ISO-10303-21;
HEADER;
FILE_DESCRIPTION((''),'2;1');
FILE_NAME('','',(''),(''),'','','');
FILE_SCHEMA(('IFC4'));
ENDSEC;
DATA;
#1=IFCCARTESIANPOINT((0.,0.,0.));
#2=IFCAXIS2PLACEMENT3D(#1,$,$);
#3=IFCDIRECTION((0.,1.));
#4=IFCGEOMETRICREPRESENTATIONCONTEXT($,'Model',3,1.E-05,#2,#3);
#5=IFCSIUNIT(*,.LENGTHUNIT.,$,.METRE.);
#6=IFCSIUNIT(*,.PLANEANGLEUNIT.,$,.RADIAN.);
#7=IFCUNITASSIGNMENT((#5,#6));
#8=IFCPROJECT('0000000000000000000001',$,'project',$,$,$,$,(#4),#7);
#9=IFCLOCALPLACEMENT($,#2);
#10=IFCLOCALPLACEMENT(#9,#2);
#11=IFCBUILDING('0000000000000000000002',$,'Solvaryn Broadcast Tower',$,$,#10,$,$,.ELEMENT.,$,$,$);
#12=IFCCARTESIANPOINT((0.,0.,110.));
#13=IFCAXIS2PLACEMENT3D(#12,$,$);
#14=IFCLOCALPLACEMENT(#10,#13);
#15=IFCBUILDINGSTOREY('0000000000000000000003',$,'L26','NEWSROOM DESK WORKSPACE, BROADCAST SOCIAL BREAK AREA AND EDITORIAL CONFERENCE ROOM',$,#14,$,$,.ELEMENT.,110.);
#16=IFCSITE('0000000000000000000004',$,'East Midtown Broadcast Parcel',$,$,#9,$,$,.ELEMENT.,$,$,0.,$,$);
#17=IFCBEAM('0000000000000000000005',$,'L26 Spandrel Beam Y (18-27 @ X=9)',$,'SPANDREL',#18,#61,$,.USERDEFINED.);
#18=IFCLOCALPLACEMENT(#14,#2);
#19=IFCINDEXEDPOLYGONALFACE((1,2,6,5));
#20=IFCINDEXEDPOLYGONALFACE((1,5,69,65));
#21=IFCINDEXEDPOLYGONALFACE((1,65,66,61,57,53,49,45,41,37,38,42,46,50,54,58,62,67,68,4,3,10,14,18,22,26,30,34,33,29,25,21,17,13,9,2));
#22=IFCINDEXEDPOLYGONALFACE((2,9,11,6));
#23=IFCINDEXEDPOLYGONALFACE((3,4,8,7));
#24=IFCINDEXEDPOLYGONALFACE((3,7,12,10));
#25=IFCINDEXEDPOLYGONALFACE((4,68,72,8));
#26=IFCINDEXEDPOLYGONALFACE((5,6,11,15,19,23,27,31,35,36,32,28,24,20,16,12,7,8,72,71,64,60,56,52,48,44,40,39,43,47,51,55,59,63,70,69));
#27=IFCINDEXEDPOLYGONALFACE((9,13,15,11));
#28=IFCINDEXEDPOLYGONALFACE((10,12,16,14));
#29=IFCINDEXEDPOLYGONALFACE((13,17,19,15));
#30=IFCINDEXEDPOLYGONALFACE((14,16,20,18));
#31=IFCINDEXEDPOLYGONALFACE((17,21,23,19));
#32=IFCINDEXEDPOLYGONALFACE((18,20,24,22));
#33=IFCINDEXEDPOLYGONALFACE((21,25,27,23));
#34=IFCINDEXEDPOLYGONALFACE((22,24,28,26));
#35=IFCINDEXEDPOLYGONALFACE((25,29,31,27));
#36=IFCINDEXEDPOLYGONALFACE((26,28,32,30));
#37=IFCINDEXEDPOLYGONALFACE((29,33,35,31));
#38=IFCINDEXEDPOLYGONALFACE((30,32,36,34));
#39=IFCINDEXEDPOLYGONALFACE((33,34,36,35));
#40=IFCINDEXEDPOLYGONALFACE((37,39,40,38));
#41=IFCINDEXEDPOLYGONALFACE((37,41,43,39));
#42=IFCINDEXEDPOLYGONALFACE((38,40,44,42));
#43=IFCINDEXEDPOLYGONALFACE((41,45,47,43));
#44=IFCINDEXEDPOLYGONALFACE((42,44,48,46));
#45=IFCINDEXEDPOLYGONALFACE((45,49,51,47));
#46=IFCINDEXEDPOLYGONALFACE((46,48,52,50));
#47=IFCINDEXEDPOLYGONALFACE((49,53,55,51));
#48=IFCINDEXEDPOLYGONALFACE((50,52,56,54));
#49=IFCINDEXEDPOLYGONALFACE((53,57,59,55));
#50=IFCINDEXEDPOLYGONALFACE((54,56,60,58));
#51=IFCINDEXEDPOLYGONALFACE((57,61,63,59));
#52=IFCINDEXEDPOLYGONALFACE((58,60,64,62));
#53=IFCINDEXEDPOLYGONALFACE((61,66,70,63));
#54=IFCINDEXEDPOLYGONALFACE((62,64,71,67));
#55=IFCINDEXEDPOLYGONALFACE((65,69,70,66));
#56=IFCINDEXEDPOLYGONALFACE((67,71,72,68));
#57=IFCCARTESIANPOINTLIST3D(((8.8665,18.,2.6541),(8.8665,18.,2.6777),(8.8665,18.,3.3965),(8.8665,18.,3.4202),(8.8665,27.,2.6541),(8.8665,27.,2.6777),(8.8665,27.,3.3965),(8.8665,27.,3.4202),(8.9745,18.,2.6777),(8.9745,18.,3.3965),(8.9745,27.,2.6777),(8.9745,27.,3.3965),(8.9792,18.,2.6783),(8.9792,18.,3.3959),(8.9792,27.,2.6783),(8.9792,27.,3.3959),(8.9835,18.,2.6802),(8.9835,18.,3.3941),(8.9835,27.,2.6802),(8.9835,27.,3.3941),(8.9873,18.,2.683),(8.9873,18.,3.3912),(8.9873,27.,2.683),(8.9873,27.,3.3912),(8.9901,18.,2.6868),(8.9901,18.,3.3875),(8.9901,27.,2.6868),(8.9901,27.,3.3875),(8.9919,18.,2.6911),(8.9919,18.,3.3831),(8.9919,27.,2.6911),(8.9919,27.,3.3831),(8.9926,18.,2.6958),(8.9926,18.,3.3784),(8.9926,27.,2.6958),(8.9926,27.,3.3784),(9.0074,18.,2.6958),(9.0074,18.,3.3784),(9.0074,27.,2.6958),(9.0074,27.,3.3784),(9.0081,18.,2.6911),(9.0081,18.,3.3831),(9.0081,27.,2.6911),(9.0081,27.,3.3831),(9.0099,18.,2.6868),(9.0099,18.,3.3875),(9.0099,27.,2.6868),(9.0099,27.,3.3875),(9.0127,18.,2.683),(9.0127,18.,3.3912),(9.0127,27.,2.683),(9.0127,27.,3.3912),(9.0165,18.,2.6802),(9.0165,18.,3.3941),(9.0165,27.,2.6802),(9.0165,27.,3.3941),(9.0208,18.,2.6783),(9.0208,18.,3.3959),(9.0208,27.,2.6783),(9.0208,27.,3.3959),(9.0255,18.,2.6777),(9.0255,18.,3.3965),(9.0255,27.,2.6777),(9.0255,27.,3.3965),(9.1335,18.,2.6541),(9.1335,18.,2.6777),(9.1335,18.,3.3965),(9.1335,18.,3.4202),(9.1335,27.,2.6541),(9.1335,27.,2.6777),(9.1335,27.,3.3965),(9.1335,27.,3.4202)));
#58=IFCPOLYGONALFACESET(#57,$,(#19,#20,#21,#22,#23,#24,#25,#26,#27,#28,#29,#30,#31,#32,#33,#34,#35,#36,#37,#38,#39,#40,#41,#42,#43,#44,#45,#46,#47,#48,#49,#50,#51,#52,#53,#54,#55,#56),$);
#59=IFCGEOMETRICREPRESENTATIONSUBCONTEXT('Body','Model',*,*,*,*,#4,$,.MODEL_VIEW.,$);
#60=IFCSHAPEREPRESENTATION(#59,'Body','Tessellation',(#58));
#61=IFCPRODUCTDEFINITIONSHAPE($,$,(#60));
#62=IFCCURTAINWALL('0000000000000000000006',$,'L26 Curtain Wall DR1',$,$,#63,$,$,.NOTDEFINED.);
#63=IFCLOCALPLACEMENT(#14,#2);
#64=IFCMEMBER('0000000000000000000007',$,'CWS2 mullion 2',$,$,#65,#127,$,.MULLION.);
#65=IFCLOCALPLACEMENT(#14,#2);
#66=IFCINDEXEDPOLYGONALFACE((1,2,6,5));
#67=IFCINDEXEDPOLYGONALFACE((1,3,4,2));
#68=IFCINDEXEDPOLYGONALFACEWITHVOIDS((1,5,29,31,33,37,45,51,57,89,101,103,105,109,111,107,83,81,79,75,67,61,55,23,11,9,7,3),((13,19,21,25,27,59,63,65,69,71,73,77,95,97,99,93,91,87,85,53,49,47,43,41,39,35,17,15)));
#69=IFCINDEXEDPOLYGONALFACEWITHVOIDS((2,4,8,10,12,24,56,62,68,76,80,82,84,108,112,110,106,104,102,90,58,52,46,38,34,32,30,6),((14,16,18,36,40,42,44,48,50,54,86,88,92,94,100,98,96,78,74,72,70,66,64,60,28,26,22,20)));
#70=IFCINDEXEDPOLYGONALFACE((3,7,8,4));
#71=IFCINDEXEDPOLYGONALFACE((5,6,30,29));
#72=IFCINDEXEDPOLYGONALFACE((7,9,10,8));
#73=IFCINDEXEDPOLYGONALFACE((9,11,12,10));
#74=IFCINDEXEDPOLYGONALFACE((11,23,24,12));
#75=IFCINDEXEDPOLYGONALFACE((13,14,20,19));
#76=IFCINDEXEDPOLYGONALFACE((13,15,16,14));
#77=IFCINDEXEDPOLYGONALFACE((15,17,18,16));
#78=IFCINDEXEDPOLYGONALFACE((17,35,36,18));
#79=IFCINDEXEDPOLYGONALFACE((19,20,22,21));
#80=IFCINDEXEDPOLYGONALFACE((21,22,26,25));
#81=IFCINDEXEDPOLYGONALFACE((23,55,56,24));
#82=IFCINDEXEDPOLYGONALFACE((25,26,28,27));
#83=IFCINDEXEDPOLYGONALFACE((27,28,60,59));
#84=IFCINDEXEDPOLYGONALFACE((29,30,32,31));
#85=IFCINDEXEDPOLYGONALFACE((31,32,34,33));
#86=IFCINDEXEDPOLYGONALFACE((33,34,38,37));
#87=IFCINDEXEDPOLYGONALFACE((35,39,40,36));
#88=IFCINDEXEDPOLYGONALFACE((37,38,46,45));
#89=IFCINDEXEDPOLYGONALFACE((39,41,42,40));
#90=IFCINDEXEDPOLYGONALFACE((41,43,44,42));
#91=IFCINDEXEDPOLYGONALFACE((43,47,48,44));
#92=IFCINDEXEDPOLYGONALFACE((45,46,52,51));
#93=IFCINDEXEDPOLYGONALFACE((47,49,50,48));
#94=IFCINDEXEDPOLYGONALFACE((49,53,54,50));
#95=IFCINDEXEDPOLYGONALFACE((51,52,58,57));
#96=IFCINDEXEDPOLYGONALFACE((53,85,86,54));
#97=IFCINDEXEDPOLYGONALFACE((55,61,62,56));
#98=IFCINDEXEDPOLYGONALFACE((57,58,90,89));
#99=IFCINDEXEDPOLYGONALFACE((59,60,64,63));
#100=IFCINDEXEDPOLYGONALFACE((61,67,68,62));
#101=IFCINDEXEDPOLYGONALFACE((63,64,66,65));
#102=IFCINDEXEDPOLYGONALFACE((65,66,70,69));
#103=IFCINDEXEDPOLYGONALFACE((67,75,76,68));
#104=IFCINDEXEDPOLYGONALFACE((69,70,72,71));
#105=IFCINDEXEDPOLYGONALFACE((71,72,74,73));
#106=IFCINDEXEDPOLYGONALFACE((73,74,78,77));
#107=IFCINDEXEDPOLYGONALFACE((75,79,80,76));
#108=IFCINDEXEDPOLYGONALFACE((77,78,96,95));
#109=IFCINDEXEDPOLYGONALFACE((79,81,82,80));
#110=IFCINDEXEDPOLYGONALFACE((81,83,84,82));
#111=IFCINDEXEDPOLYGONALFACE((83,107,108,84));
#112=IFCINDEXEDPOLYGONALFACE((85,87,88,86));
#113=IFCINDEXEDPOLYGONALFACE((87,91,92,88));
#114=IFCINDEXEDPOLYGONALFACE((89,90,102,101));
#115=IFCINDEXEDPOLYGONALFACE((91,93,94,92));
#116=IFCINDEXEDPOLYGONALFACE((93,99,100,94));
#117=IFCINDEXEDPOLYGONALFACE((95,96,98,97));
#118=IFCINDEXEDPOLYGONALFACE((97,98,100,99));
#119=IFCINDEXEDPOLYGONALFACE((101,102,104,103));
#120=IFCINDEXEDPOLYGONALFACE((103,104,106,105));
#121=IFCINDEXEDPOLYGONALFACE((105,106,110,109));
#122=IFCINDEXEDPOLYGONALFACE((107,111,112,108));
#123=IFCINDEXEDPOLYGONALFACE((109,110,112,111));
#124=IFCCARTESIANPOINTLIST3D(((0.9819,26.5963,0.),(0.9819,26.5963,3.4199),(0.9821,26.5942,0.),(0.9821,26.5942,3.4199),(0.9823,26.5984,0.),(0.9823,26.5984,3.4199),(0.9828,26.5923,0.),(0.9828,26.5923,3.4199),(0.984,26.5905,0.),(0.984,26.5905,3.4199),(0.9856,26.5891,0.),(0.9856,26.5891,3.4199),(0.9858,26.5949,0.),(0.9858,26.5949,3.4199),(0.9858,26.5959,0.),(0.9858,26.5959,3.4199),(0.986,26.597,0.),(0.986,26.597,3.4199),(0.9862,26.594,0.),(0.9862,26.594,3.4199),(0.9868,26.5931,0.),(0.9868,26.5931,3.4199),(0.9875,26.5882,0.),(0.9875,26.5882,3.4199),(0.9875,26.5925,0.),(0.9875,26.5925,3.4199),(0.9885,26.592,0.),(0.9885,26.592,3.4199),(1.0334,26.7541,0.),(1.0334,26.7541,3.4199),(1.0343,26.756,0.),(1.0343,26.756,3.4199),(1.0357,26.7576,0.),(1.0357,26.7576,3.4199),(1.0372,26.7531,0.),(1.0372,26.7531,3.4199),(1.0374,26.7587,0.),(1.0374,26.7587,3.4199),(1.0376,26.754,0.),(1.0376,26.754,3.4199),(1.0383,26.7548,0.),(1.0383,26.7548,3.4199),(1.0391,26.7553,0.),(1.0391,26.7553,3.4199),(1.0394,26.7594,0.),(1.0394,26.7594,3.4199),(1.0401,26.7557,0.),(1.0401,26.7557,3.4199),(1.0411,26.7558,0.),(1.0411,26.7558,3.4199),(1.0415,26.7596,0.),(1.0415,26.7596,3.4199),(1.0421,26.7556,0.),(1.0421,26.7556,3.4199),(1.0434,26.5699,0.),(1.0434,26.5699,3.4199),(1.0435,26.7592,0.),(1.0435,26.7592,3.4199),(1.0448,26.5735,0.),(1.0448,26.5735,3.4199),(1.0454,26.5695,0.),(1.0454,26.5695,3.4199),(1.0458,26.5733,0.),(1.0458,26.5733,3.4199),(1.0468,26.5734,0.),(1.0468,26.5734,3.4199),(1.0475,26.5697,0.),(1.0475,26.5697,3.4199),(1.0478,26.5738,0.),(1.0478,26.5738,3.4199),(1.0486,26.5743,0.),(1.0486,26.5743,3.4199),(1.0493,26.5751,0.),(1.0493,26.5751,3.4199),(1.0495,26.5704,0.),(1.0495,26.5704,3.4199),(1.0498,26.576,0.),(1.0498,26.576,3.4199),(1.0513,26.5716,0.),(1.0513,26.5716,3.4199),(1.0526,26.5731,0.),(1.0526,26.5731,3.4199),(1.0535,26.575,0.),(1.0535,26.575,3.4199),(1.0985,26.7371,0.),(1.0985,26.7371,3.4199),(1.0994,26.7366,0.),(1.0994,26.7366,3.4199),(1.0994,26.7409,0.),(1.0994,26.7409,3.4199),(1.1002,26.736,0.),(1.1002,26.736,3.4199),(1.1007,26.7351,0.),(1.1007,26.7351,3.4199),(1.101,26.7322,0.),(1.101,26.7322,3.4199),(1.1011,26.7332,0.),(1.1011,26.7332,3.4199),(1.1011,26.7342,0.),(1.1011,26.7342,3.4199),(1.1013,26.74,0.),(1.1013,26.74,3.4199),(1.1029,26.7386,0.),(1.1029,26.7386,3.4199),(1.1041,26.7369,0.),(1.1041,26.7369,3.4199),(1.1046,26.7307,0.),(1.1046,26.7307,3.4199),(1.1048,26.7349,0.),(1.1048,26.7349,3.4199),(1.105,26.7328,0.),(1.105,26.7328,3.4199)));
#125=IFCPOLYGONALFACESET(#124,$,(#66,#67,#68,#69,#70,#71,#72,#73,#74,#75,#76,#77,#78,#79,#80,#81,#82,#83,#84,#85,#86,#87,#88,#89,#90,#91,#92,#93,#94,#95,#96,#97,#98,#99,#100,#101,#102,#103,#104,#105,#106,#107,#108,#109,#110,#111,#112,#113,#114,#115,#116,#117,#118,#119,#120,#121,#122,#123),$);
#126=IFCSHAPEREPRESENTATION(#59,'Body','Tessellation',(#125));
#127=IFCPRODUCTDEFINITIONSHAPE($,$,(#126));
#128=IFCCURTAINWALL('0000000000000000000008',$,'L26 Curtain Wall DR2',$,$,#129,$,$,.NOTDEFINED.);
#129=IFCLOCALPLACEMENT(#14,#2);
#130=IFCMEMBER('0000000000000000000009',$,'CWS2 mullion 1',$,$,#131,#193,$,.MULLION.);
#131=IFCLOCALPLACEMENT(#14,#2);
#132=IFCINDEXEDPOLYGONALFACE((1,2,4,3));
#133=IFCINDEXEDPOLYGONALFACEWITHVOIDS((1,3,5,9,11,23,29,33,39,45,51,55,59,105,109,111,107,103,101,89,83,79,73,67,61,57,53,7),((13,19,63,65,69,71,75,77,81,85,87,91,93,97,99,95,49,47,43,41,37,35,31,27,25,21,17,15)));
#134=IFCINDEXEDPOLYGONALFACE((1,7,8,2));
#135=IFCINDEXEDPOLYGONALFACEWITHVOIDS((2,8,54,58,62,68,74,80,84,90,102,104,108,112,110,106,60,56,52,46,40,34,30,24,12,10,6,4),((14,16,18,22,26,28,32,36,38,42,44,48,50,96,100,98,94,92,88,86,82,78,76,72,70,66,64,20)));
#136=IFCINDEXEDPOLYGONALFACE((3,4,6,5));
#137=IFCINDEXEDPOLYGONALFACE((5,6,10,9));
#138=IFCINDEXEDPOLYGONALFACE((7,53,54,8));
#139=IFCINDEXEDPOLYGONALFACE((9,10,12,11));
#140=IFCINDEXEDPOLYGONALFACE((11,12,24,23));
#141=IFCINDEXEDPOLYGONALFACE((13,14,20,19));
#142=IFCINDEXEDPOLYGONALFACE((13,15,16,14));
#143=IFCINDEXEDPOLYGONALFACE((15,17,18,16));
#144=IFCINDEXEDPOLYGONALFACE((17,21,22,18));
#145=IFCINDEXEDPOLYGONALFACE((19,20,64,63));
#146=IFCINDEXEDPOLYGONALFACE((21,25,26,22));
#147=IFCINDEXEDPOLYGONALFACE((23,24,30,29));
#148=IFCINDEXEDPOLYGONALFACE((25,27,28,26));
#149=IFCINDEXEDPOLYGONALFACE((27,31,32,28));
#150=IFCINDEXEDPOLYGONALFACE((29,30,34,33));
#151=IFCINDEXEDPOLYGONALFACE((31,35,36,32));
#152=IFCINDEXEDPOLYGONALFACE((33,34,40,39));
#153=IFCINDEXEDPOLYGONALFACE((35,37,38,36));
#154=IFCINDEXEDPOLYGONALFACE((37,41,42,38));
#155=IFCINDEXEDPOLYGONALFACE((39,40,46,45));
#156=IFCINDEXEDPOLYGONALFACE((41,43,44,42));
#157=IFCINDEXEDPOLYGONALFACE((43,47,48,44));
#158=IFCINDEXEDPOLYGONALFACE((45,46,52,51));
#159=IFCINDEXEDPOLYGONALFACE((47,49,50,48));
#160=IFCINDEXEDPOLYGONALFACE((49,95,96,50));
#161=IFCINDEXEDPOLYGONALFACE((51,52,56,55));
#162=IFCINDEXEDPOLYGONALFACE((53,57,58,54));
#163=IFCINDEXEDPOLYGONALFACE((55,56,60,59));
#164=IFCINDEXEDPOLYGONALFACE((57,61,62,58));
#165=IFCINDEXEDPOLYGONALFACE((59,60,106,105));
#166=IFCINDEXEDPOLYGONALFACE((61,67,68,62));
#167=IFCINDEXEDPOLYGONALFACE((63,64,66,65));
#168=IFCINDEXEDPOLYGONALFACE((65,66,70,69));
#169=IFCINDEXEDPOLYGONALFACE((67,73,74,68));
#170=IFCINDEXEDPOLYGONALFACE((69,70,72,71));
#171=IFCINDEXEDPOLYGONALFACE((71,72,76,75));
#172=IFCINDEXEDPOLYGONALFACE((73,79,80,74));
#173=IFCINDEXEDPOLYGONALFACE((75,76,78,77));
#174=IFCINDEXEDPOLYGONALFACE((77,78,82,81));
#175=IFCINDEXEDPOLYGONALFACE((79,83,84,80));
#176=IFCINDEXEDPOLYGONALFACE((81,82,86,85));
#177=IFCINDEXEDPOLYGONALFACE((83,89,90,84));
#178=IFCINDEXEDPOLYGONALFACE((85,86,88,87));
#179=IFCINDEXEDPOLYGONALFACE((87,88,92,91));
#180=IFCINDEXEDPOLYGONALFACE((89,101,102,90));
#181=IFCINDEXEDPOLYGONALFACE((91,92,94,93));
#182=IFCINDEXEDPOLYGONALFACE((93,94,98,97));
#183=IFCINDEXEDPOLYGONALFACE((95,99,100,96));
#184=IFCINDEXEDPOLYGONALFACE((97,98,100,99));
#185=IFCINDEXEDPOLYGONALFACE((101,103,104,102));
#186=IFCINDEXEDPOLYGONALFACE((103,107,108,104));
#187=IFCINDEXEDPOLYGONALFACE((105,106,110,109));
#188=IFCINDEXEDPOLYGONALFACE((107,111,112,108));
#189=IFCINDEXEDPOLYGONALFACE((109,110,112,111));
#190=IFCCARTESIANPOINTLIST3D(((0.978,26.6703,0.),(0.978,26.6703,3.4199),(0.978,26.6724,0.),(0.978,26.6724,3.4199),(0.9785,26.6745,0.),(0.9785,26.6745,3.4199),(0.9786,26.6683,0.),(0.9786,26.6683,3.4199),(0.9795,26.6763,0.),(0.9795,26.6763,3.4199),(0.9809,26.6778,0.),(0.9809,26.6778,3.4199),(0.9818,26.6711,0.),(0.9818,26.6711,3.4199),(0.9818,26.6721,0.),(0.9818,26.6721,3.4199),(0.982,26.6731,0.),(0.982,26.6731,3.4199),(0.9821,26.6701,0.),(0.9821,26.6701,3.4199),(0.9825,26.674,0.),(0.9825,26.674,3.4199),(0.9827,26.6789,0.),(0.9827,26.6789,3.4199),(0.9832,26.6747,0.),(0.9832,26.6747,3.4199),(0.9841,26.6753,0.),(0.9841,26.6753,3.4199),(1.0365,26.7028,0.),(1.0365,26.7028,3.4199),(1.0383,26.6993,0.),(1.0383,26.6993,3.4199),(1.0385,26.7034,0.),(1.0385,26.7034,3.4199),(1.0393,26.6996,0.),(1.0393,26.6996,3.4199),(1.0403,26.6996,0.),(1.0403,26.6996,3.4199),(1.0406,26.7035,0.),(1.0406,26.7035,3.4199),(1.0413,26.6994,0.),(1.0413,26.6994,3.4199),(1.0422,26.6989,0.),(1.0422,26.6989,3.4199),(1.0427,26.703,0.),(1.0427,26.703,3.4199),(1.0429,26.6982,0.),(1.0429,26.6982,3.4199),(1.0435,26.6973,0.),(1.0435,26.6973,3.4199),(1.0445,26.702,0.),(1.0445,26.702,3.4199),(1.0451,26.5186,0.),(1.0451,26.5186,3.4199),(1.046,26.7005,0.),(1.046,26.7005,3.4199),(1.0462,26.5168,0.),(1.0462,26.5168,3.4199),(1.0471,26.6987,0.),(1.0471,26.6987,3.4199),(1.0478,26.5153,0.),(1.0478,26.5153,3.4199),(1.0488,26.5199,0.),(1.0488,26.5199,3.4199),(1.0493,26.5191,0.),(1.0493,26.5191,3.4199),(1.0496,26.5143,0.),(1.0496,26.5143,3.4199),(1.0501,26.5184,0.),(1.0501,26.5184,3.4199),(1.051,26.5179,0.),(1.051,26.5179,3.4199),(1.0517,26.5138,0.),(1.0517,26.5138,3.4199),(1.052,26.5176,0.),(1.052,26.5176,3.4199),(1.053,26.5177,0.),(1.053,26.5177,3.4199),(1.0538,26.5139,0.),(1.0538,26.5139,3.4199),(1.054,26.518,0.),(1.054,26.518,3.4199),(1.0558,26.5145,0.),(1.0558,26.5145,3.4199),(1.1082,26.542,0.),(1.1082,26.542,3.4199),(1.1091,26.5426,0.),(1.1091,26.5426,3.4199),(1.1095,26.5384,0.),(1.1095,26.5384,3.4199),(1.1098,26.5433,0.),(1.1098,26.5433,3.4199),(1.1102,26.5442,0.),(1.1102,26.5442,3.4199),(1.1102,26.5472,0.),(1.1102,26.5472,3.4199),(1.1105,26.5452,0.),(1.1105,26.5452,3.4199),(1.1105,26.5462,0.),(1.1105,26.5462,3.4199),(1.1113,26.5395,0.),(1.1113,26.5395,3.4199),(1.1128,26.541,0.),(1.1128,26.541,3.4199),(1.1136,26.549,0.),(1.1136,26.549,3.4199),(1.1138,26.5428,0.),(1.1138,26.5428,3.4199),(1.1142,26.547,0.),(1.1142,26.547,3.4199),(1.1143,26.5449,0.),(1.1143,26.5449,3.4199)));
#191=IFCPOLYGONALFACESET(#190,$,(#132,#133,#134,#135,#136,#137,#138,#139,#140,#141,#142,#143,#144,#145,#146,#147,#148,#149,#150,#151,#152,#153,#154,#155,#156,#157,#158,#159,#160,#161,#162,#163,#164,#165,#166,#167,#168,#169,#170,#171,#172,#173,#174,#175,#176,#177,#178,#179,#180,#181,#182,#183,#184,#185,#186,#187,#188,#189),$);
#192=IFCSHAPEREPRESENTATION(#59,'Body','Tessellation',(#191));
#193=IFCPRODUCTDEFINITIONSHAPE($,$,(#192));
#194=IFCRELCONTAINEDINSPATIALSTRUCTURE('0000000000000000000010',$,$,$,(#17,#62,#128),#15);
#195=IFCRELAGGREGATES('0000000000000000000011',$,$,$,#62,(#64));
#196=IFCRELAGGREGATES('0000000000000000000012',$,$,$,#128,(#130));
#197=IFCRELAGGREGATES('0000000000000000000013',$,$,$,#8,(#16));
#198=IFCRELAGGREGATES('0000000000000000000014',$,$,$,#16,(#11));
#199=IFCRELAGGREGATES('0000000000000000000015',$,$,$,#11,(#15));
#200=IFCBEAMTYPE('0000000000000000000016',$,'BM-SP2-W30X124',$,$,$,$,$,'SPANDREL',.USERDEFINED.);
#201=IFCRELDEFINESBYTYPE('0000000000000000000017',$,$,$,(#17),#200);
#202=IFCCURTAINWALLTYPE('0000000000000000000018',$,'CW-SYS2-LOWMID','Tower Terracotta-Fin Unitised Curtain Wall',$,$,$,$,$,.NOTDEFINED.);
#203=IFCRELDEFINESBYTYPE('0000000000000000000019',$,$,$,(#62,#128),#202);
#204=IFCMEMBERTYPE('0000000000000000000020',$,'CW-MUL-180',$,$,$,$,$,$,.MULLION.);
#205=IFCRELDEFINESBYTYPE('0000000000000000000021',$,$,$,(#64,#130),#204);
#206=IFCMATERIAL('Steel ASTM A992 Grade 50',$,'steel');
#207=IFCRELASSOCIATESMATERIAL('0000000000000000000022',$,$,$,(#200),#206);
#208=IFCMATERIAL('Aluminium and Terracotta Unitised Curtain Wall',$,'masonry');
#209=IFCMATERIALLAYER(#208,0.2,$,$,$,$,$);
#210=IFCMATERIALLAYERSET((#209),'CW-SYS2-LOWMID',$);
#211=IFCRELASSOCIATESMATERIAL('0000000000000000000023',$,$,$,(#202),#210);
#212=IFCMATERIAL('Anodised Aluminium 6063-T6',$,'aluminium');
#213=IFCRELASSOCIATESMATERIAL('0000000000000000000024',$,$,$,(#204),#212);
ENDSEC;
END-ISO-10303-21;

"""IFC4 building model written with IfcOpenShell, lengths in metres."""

from ifc_helpers import new_model, si_unit, direction, frame, origin, origin_2d, place, context, subcontext, project, spatial, hollow_rectangle, i_section, extrude, material, layer, layer_set, material_profile, profile_set, type_object, element, aggregate, save


model = new_model("IFC4")

# Units and contexts
model_context = context("Model", 3, precision=1e-05, world=origin(), true_north=direction((0.0, 1.0)))
body_context = subcontext(model_context, "Body", "Model", "MODEL_VIEW")
ifc_project = project(units=[si_unit("LENGTHUNIT", "METRE"), si_unit("PLANEANGLEUNIT", "RADIAN")], contexts=[model_context])

# Site, building, storey
site_placement = place(None, origin())
site = spatial("IfcSite", under=ifc_project, at=site_placement, Name="East Midtown Broadcast Parcel", CompositionType="ELEMENT", RefElevation=0.0)
building_placement = place(site_placement, origin())
building = spatial("IfcBuilding", under=site, at=building_placement, Name="Solvaryn Broadcast Tower", CompositionType="ELEMENT")
storey_placement = place(building_placement, frame((0.0, 0.0, 110.0)))
storey = spatial("IfcBuildingStorey", under=building, at=storey_placement, Name="L26", Description="NEWSROOM DESK WORKSPACE, BROADCAST SOCIAL BREAK AREA AND EDITORIAL CONFERENCE ROOM", CompositionType="ELEMENT", Elevation=110.0)

# Beam
ifc_material_1 = material(Name="Steel ASTM A992 Grade 50", Category="steel")
ifc_material_profile_1 = material_profile(ifc_material_1, i_section(OverallWidth=0.2671, OverallDepth=0.7661, WebThickness=0.0149, FlangeThickness=0.0237, FilletRadius=0.0181, at=origin_2d()))
ifc_profile_set_1 = profile_set([ifc_material_profile_1], Name="Steel ASTM A992 Grade 50")
beam_type_1 = type_object("IfcBeamType", Name="BM-SP2-W30X124", ElementType="SPANDREL", PredefinedType="USERDEFINED", material=ifc_profile_set_1)
beam_1_placement = place(storey_placement, frame((9.0, 18.0, 3.0371), z_axis=(0.0, 1.0, 0.0), x_axis=(-1.0, 0.0, 0.0)))
element("IfcBeam", 1, at=beam_1_placement, inside=storey, type_object=beam_type_1, Name="L26 Spandrel Beam Y (18-27 @ X=9)", ObjectType="SPANDREL", PredefinedType="USERDEFINED", context=body_context, shape_type="SweptSolid", body=[
    extrude(i_section(OverallWidth=0.2671, OverallDepth=0.7661, WebThickness=0.0149, FlangeThickness=0.0237, FilletRadius=0.0181, at=origin_2d()), origin(), (0.0, 0.0, 1.0), 9.0),
])

# Curtain wall, member
ifc_material_2 = material(Name="Aluminium and Terracotta Unitised Curtain Wall", Category="masonry")
ifc_layer_1 = layer(ifc_material_2, 0.2)
ifc_layer_set_1 = layer_set([ifc_layer_1], Name="CW-SYS2-LOWMID")
curtain_wall_type = type_object("IfcCurtainWallType", Name="CW-SYS2-LOWMID", Description="Tower Terracotta-Fin Unitised Curtain Wall", PredefinedType="NOTDEFINED", material=ifc_layer_set_1)
curtain_wall_1_placement = place(storey_placement, origin())
curtain_wall_1 = element("IfcCurtainWall", 2, at=curtain_wall_1_placement, inside=storey, type_object=curtain_wall_type, Name="L26 Curtain Wall DR1", PredefinedType="NOTDEFINED")
ifc_material_3 = material(Name="Anodised Aluminium 6063-T6", Category="aluminium")
ifc_material_profile_2 = material_profile(ifc_material_3, hollow_rectangle(XDim=0.075, YDim=0.1799, WallThickness=0.0039, InnerFilletRadius=0.0039, OuterFilletRadius=0.0081, at=origin_2d()))
ifc_profile_set_2 = profile_set([ifc_material_profile_2], Name="Anodised Aluminium 6063-T6")
member_type_1 = type_object("IfcMemberType", Name="CW-MUL-180", PredefinedType="MULLION", material=ifc_profile_set_2)
member_1_placement = place(storey_placement, frame((1.0435, 26.6646, 0.0), z_axis=(0.0, 0.0, 1.0), x_axis=(0.950198, -0.311646, 0.0)))
member_1 = element("IfcMember", 3, at=member_1_placement, type_object=member_type_1, Name="CWS2 mullion 2", PredefinedType="MULLION", context=body_context, shape_type="SweptSolid", body=[
    extrude(hollow_rectangle(XDim=0.075, YDim=0.1799, WallThickness=0.0039, InnerFilletRadius=0.0039, OuterFilletRadius=0.0081, at=origin_2d()), origin(), (0.0, 0.0, 1.0), 3.4199),
])
aggregate(curtain_wall_1, [member_1])

# Curtain wall, member
curtain_wall_2_placement = place(storey_placement, origin())
curtain_wall_2 = element("IfcCurtainWall", 4, at=curtain_wall_2_placement, inside=storey, type_object=curtain_wall_type, Name="L26 Curtain Wall DR2", PredefinedType="NOTDEFINED")
member_2_placement = place(storey_placement, frame((1.0461, 26.6086, 0.0), z_axis=(0.0, 0.0, 1.0), x_axis=(0.913909, 0.405918, 0.0)))
member_2 = element("IfcMember", 5, at=member_2_placement, type_object=member_type_1, Name="CWS2 mullion 1", PredefinedType="MULLION", context=body_context, shape_type="SweptSolid", body=[
    extrude(hollow_rectangle(XDim=0.075, YDim=0.1799, WallThickness=0.0039, InnerFilletRadius=0.0039, OuterFilletRadius=0.0081, at=origin_2d()), origin(), (0.0, 0.0, 1.0), 3.4199),
])
aggregate(curtain_wall_2, [member_2])

save(model, "model.ifc")
